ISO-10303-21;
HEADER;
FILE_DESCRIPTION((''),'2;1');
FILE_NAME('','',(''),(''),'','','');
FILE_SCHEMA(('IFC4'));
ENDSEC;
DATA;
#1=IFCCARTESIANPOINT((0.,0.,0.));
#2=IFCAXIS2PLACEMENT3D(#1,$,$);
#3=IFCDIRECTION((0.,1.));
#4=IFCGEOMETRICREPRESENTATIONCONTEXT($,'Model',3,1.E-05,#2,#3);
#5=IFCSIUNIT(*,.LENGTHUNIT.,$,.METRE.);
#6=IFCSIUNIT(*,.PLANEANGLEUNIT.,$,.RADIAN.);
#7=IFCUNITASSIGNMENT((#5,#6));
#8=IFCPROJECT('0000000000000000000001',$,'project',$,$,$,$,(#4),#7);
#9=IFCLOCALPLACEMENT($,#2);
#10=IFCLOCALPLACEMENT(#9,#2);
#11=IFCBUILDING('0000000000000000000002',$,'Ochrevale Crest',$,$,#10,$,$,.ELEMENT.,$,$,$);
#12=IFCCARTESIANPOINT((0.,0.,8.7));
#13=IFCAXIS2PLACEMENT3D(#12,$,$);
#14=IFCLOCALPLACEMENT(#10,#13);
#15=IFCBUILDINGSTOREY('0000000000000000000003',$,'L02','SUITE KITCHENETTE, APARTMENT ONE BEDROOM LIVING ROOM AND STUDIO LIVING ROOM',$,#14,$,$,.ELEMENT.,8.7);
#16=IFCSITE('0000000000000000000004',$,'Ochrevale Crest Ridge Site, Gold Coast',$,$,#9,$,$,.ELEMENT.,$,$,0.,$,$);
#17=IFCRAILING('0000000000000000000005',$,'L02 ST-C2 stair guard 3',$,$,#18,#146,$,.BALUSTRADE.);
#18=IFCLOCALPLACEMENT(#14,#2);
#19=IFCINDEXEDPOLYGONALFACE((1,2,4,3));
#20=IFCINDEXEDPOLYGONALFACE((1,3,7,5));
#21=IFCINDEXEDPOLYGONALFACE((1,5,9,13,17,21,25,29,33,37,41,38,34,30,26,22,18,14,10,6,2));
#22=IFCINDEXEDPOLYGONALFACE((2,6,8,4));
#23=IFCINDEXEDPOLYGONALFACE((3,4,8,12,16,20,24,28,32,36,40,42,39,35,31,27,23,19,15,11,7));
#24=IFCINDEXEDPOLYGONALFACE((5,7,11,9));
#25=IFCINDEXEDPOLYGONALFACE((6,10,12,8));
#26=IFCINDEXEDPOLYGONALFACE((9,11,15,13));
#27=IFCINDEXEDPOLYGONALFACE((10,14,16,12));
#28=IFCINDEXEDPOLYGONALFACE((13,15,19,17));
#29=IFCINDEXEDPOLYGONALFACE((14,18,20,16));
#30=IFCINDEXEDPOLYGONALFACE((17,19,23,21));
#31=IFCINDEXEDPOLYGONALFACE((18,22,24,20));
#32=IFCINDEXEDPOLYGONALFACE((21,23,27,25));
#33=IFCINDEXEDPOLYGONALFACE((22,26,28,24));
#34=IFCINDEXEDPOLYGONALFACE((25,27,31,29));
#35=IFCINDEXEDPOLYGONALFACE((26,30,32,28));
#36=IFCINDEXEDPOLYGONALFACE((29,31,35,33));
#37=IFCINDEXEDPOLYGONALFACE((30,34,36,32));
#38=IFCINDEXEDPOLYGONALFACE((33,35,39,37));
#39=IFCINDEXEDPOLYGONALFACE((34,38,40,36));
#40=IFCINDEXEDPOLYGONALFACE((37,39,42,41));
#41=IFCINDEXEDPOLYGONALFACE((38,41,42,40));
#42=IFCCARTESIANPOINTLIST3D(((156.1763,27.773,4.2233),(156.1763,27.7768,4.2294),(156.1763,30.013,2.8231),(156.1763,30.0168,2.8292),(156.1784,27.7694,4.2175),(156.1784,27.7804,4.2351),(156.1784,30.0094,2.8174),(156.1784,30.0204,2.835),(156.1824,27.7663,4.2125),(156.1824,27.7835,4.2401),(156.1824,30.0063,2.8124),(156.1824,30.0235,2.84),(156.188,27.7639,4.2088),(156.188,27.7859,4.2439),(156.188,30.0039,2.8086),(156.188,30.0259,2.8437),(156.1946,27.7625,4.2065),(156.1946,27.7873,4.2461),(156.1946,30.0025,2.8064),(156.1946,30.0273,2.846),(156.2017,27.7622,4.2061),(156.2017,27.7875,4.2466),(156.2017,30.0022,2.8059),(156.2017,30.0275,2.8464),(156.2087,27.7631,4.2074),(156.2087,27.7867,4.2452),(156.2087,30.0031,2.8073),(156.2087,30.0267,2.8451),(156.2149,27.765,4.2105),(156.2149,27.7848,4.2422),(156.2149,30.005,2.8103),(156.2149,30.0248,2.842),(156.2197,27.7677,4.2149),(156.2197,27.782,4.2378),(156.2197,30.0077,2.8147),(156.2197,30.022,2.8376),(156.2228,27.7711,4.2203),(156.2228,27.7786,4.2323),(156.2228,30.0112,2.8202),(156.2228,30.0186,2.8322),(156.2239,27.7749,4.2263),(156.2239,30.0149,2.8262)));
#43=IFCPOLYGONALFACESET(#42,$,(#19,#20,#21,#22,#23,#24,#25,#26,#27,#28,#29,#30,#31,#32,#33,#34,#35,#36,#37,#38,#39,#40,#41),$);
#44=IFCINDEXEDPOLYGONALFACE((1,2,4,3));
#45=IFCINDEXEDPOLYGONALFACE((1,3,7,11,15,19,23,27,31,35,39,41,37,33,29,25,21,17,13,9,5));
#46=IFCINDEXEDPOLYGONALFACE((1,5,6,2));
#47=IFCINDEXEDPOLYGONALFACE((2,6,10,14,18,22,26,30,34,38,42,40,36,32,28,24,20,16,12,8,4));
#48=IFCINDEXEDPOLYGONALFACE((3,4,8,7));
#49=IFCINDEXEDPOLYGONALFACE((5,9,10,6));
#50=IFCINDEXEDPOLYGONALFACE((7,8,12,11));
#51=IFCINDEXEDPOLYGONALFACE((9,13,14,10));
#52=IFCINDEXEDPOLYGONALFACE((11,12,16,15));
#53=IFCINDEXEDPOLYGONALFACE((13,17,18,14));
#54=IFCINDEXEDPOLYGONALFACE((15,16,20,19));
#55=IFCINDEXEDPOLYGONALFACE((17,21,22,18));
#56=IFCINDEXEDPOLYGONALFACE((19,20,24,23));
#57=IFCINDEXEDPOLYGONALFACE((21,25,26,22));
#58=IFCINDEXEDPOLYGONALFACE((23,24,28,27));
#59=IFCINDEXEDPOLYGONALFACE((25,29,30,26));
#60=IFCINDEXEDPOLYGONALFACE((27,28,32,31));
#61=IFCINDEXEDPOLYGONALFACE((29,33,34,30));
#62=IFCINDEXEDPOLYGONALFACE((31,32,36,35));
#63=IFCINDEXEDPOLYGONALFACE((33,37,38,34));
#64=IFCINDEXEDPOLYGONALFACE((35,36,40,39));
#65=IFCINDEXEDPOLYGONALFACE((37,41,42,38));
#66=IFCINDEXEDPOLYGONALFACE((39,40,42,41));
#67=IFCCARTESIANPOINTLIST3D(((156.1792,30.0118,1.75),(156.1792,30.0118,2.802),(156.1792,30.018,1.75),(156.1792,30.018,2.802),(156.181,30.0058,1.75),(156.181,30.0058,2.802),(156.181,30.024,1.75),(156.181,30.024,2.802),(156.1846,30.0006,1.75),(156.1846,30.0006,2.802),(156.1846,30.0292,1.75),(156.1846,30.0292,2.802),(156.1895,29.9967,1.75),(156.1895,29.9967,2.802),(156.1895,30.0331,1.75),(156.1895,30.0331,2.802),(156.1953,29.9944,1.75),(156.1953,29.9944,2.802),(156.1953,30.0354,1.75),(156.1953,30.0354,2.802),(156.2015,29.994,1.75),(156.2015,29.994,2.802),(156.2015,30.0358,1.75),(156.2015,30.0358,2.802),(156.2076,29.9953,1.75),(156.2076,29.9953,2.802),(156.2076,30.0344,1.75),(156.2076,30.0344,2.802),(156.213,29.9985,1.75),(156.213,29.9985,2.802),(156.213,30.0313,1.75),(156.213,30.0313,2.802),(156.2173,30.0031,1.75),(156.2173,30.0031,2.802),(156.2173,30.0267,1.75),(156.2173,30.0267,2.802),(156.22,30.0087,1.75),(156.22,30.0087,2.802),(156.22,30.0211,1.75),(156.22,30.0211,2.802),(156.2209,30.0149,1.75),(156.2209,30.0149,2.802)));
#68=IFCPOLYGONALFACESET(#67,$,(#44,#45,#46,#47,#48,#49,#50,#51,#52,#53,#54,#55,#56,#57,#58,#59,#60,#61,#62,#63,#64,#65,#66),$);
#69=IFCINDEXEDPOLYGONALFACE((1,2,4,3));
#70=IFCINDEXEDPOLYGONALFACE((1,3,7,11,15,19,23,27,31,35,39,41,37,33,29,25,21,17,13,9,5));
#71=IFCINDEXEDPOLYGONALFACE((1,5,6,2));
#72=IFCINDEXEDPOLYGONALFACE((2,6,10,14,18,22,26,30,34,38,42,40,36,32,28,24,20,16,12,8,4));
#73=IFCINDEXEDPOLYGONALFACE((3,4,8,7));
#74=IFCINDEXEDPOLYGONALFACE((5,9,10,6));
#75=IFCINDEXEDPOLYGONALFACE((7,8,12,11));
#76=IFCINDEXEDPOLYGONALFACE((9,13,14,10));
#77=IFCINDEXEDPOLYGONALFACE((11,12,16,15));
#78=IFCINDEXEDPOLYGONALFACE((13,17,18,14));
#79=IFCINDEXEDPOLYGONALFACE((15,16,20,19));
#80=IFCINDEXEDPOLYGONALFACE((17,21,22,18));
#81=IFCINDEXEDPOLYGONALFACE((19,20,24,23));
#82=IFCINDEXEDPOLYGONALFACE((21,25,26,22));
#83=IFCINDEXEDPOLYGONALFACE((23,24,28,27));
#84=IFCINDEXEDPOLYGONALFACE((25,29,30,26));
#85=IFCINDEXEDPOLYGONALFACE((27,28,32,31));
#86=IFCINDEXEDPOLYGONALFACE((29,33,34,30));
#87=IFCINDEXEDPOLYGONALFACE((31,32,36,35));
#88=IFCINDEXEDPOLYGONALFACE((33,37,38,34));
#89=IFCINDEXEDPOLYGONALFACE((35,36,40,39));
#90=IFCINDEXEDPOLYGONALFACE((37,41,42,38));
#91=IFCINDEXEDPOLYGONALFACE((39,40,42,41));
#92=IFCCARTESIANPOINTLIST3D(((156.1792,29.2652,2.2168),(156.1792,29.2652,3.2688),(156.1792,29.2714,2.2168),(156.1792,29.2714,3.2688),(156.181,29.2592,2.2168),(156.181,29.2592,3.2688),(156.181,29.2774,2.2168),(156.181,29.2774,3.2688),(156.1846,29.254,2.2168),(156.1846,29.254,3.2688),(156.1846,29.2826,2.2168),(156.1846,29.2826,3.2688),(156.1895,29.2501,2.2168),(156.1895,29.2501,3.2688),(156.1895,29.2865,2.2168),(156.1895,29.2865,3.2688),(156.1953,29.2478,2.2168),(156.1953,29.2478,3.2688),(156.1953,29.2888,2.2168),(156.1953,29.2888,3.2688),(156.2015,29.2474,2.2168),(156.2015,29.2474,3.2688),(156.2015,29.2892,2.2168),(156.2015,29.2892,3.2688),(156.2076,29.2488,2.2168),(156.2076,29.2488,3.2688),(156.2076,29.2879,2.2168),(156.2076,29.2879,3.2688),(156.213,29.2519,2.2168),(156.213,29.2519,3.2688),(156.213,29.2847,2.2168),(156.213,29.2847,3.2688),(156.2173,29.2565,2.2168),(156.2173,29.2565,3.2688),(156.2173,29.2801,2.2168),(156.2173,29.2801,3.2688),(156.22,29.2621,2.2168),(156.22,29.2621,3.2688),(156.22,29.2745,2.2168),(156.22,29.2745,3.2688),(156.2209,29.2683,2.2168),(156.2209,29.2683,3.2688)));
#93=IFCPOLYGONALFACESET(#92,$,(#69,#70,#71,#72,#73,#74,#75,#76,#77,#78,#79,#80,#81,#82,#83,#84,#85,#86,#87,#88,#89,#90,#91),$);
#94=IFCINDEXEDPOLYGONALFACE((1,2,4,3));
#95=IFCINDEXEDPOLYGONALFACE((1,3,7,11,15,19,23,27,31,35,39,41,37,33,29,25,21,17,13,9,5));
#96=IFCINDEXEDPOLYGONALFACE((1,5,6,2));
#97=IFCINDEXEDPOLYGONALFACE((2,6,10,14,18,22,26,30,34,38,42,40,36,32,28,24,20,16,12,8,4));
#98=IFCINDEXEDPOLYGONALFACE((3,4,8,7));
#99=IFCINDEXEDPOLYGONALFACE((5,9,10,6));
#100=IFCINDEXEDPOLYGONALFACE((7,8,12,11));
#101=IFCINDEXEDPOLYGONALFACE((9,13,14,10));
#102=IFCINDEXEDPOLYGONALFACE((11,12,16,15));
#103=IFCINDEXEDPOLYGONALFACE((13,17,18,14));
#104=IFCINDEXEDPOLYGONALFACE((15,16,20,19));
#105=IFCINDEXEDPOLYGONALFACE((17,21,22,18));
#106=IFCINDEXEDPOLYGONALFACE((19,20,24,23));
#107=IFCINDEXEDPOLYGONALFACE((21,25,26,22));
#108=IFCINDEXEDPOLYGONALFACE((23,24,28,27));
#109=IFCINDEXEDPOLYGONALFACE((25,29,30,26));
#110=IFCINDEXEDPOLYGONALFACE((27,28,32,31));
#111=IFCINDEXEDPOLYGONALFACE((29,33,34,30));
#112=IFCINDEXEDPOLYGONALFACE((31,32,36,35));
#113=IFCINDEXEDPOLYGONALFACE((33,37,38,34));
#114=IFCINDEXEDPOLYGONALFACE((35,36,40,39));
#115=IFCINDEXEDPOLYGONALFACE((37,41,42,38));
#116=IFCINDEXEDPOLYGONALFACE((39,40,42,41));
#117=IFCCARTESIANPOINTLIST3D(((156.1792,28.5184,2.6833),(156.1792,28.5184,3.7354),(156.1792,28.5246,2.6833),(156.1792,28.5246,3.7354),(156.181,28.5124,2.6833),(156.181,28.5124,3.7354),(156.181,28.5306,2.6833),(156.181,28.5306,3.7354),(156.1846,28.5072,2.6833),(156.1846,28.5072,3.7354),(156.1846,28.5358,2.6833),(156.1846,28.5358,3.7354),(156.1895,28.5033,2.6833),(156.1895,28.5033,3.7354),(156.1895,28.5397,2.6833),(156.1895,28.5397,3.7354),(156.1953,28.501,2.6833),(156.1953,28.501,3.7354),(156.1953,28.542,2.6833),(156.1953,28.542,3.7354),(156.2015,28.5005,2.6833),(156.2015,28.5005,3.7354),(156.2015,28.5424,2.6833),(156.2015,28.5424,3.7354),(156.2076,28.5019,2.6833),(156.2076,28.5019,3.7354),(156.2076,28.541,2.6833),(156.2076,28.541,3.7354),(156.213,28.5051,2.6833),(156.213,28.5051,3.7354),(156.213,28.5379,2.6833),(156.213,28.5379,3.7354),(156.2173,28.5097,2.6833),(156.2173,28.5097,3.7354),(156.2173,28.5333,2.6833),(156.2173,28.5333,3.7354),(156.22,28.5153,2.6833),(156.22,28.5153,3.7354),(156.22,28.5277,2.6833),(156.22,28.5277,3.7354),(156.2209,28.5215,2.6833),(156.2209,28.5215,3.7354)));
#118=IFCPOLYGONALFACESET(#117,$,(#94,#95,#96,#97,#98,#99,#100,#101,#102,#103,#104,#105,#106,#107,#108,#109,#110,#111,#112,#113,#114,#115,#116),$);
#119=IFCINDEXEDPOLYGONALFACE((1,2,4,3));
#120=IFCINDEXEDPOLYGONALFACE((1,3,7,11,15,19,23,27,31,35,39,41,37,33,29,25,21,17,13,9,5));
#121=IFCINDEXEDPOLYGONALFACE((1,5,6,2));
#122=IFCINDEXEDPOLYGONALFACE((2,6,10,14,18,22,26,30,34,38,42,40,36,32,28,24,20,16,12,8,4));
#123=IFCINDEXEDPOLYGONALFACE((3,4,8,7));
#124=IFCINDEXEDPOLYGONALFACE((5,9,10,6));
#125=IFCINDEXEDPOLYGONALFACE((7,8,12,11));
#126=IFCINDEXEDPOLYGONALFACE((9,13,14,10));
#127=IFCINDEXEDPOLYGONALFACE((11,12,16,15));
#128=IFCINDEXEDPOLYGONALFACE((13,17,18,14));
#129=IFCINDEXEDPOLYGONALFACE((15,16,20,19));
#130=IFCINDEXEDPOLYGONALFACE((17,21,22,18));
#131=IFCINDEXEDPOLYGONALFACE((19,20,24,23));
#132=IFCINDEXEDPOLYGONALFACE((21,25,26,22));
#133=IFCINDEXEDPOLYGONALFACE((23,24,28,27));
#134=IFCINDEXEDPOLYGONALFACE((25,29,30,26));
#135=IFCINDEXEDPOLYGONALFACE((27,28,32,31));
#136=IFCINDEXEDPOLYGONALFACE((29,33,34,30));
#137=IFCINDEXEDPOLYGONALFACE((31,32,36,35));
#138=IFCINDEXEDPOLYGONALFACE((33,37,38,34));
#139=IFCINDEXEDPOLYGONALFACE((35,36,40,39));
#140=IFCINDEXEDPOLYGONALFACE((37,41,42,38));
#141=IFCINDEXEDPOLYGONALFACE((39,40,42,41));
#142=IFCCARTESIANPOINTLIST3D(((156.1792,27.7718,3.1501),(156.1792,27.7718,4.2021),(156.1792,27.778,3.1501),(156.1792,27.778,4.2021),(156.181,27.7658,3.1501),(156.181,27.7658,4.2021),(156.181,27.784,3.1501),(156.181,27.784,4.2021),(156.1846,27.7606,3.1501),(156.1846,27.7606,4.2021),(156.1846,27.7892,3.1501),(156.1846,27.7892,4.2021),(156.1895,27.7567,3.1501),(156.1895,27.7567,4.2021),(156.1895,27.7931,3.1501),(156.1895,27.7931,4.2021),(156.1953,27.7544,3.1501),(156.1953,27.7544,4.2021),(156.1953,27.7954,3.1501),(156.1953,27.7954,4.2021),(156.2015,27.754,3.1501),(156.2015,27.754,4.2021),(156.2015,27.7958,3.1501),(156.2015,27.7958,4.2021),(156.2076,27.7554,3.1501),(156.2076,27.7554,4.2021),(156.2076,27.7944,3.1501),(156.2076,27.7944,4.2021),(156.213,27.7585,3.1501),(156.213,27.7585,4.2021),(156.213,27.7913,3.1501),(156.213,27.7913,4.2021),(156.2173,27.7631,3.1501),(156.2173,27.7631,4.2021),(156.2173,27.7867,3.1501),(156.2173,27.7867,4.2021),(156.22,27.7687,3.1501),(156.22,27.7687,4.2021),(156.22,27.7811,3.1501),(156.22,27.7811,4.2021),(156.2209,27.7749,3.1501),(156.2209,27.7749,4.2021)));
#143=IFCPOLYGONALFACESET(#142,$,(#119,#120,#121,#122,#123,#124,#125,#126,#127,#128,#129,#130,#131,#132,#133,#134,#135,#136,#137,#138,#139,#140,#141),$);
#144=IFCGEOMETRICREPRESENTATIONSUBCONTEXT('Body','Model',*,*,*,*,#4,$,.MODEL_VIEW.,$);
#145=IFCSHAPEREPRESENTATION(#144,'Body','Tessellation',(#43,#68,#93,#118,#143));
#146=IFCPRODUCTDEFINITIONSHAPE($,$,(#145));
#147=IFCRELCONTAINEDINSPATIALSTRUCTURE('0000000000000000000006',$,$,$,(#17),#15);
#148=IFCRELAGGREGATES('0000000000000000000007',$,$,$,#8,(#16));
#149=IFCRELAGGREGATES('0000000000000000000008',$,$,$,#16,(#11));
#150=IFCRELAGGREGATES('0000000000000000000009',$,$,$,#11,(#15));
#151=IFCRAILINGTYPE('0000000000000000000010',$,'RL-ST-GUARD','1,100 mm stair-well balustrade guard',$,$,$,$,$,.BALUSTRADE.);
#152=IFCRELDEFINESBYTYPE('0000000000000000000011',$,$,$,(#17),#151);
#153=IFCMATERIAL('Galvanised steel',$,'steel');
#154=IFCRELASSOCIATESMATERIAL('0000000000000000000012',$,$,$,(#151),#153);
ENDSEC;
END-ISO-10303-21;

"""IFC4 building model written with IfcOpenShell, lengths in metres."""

from ifc_helpers import new_model, si_unit, direction, frame, origin, origin_2d, place, context, subcontext, project, spatial, circle, extrude, material, type_object, element, save


model = new_model("IFC4")

# Units and contexts
model_context = context("Model", 3, precision=1e-05, world=origin(), true_north=direction((0.0, 1.0)))
body_context = subcontext(model_context, "Body", "Model", "MODEL_VIEW")
ifc_project = project(units=[si_unit("LENGTHUNIT", "METRE"), si_unit("PLANEANGLEUNIT", "RADIAN")], contexts=[model_context])

# Site, building, storey
site_placement = place(None, origin())
site = spatial("IfcSite", under=ifc_project, at=site_placement, Name="Ochrevale Crest Ridge Site, Gold Coast", CompositionType="ELEMENT", RefElevation=0.0)
building_placement = place(site_placement, origin())
building = spatial("IfcBuilding", under=site, at=building_placement, Name="Ochrevale Crest", CompositionType="ELEMENT")
storey_placement = place(building_placement, frame((0.0, 0.0, 8.7)))
storey = spatial("IfcBuildingStorey", under=building, at=storey_placement, Name="L02", Description="SUITE KITCHENETTE, APARTMENT ONE BEDROOM LIVING ROOM AND STUDIO LIVING ROOM", CompositionType="ELEMENT", Elevation=8.7)

# Railing
ifc_material_1 = material(Name="Galvanised steel", Category="steel")
railing_type_1 = type_object("IfcRailingType", Name="RL-ST-GUARD", Description="1,100 mm stair-well balustrade guard", PredefinedType="BALUSTRADE", material=ifc_material_1)
railing_1_placement = place(storey_placement, frame((156.2, 30.0149, 1.75)))
element("IfcRailing", 1, at=railing_1_placement, inside=storey, type_object=railing_type_1, Name="L02 ST-C2 stair guard 3", PredefinedType="BALUSTRADE", context=body_context, shape_type="SweptSolid", body=[
    extrude(circle(Radius=0.0239, at=origin_2d()), frame((0.0, 0.0, 1.0762), z_axis=(0.0, -0.847972, 0.53004), x_axis=(1.0, 0.0, 0.0)), (0.0, 0.0, 1.0), 2.6416),
    extrude(circle(Radius=0.021, at=origin_2d()), origin(), (0.0, 0.0, 1.0), 1.052),
    extrude(circle(Radius=0.021, at=origin_2d()), frame((0.0, -0.7466, 0.4668)), (0.0, 0.0, 1.0), 1.052),
    extrude(circle(Radius=0.021, at=origin_2d()), frame((0.0, -1.4934, 0.9333)), (0.0, 0.0, 1.0), 1.052),
    extrude(circle(Radius=0.021, at=origin_2d()), frame((0.0, -2.24, 1.4001)), (0.0, 0.0, 1.0), 1.052),
])

save(model, "model.ifc")
